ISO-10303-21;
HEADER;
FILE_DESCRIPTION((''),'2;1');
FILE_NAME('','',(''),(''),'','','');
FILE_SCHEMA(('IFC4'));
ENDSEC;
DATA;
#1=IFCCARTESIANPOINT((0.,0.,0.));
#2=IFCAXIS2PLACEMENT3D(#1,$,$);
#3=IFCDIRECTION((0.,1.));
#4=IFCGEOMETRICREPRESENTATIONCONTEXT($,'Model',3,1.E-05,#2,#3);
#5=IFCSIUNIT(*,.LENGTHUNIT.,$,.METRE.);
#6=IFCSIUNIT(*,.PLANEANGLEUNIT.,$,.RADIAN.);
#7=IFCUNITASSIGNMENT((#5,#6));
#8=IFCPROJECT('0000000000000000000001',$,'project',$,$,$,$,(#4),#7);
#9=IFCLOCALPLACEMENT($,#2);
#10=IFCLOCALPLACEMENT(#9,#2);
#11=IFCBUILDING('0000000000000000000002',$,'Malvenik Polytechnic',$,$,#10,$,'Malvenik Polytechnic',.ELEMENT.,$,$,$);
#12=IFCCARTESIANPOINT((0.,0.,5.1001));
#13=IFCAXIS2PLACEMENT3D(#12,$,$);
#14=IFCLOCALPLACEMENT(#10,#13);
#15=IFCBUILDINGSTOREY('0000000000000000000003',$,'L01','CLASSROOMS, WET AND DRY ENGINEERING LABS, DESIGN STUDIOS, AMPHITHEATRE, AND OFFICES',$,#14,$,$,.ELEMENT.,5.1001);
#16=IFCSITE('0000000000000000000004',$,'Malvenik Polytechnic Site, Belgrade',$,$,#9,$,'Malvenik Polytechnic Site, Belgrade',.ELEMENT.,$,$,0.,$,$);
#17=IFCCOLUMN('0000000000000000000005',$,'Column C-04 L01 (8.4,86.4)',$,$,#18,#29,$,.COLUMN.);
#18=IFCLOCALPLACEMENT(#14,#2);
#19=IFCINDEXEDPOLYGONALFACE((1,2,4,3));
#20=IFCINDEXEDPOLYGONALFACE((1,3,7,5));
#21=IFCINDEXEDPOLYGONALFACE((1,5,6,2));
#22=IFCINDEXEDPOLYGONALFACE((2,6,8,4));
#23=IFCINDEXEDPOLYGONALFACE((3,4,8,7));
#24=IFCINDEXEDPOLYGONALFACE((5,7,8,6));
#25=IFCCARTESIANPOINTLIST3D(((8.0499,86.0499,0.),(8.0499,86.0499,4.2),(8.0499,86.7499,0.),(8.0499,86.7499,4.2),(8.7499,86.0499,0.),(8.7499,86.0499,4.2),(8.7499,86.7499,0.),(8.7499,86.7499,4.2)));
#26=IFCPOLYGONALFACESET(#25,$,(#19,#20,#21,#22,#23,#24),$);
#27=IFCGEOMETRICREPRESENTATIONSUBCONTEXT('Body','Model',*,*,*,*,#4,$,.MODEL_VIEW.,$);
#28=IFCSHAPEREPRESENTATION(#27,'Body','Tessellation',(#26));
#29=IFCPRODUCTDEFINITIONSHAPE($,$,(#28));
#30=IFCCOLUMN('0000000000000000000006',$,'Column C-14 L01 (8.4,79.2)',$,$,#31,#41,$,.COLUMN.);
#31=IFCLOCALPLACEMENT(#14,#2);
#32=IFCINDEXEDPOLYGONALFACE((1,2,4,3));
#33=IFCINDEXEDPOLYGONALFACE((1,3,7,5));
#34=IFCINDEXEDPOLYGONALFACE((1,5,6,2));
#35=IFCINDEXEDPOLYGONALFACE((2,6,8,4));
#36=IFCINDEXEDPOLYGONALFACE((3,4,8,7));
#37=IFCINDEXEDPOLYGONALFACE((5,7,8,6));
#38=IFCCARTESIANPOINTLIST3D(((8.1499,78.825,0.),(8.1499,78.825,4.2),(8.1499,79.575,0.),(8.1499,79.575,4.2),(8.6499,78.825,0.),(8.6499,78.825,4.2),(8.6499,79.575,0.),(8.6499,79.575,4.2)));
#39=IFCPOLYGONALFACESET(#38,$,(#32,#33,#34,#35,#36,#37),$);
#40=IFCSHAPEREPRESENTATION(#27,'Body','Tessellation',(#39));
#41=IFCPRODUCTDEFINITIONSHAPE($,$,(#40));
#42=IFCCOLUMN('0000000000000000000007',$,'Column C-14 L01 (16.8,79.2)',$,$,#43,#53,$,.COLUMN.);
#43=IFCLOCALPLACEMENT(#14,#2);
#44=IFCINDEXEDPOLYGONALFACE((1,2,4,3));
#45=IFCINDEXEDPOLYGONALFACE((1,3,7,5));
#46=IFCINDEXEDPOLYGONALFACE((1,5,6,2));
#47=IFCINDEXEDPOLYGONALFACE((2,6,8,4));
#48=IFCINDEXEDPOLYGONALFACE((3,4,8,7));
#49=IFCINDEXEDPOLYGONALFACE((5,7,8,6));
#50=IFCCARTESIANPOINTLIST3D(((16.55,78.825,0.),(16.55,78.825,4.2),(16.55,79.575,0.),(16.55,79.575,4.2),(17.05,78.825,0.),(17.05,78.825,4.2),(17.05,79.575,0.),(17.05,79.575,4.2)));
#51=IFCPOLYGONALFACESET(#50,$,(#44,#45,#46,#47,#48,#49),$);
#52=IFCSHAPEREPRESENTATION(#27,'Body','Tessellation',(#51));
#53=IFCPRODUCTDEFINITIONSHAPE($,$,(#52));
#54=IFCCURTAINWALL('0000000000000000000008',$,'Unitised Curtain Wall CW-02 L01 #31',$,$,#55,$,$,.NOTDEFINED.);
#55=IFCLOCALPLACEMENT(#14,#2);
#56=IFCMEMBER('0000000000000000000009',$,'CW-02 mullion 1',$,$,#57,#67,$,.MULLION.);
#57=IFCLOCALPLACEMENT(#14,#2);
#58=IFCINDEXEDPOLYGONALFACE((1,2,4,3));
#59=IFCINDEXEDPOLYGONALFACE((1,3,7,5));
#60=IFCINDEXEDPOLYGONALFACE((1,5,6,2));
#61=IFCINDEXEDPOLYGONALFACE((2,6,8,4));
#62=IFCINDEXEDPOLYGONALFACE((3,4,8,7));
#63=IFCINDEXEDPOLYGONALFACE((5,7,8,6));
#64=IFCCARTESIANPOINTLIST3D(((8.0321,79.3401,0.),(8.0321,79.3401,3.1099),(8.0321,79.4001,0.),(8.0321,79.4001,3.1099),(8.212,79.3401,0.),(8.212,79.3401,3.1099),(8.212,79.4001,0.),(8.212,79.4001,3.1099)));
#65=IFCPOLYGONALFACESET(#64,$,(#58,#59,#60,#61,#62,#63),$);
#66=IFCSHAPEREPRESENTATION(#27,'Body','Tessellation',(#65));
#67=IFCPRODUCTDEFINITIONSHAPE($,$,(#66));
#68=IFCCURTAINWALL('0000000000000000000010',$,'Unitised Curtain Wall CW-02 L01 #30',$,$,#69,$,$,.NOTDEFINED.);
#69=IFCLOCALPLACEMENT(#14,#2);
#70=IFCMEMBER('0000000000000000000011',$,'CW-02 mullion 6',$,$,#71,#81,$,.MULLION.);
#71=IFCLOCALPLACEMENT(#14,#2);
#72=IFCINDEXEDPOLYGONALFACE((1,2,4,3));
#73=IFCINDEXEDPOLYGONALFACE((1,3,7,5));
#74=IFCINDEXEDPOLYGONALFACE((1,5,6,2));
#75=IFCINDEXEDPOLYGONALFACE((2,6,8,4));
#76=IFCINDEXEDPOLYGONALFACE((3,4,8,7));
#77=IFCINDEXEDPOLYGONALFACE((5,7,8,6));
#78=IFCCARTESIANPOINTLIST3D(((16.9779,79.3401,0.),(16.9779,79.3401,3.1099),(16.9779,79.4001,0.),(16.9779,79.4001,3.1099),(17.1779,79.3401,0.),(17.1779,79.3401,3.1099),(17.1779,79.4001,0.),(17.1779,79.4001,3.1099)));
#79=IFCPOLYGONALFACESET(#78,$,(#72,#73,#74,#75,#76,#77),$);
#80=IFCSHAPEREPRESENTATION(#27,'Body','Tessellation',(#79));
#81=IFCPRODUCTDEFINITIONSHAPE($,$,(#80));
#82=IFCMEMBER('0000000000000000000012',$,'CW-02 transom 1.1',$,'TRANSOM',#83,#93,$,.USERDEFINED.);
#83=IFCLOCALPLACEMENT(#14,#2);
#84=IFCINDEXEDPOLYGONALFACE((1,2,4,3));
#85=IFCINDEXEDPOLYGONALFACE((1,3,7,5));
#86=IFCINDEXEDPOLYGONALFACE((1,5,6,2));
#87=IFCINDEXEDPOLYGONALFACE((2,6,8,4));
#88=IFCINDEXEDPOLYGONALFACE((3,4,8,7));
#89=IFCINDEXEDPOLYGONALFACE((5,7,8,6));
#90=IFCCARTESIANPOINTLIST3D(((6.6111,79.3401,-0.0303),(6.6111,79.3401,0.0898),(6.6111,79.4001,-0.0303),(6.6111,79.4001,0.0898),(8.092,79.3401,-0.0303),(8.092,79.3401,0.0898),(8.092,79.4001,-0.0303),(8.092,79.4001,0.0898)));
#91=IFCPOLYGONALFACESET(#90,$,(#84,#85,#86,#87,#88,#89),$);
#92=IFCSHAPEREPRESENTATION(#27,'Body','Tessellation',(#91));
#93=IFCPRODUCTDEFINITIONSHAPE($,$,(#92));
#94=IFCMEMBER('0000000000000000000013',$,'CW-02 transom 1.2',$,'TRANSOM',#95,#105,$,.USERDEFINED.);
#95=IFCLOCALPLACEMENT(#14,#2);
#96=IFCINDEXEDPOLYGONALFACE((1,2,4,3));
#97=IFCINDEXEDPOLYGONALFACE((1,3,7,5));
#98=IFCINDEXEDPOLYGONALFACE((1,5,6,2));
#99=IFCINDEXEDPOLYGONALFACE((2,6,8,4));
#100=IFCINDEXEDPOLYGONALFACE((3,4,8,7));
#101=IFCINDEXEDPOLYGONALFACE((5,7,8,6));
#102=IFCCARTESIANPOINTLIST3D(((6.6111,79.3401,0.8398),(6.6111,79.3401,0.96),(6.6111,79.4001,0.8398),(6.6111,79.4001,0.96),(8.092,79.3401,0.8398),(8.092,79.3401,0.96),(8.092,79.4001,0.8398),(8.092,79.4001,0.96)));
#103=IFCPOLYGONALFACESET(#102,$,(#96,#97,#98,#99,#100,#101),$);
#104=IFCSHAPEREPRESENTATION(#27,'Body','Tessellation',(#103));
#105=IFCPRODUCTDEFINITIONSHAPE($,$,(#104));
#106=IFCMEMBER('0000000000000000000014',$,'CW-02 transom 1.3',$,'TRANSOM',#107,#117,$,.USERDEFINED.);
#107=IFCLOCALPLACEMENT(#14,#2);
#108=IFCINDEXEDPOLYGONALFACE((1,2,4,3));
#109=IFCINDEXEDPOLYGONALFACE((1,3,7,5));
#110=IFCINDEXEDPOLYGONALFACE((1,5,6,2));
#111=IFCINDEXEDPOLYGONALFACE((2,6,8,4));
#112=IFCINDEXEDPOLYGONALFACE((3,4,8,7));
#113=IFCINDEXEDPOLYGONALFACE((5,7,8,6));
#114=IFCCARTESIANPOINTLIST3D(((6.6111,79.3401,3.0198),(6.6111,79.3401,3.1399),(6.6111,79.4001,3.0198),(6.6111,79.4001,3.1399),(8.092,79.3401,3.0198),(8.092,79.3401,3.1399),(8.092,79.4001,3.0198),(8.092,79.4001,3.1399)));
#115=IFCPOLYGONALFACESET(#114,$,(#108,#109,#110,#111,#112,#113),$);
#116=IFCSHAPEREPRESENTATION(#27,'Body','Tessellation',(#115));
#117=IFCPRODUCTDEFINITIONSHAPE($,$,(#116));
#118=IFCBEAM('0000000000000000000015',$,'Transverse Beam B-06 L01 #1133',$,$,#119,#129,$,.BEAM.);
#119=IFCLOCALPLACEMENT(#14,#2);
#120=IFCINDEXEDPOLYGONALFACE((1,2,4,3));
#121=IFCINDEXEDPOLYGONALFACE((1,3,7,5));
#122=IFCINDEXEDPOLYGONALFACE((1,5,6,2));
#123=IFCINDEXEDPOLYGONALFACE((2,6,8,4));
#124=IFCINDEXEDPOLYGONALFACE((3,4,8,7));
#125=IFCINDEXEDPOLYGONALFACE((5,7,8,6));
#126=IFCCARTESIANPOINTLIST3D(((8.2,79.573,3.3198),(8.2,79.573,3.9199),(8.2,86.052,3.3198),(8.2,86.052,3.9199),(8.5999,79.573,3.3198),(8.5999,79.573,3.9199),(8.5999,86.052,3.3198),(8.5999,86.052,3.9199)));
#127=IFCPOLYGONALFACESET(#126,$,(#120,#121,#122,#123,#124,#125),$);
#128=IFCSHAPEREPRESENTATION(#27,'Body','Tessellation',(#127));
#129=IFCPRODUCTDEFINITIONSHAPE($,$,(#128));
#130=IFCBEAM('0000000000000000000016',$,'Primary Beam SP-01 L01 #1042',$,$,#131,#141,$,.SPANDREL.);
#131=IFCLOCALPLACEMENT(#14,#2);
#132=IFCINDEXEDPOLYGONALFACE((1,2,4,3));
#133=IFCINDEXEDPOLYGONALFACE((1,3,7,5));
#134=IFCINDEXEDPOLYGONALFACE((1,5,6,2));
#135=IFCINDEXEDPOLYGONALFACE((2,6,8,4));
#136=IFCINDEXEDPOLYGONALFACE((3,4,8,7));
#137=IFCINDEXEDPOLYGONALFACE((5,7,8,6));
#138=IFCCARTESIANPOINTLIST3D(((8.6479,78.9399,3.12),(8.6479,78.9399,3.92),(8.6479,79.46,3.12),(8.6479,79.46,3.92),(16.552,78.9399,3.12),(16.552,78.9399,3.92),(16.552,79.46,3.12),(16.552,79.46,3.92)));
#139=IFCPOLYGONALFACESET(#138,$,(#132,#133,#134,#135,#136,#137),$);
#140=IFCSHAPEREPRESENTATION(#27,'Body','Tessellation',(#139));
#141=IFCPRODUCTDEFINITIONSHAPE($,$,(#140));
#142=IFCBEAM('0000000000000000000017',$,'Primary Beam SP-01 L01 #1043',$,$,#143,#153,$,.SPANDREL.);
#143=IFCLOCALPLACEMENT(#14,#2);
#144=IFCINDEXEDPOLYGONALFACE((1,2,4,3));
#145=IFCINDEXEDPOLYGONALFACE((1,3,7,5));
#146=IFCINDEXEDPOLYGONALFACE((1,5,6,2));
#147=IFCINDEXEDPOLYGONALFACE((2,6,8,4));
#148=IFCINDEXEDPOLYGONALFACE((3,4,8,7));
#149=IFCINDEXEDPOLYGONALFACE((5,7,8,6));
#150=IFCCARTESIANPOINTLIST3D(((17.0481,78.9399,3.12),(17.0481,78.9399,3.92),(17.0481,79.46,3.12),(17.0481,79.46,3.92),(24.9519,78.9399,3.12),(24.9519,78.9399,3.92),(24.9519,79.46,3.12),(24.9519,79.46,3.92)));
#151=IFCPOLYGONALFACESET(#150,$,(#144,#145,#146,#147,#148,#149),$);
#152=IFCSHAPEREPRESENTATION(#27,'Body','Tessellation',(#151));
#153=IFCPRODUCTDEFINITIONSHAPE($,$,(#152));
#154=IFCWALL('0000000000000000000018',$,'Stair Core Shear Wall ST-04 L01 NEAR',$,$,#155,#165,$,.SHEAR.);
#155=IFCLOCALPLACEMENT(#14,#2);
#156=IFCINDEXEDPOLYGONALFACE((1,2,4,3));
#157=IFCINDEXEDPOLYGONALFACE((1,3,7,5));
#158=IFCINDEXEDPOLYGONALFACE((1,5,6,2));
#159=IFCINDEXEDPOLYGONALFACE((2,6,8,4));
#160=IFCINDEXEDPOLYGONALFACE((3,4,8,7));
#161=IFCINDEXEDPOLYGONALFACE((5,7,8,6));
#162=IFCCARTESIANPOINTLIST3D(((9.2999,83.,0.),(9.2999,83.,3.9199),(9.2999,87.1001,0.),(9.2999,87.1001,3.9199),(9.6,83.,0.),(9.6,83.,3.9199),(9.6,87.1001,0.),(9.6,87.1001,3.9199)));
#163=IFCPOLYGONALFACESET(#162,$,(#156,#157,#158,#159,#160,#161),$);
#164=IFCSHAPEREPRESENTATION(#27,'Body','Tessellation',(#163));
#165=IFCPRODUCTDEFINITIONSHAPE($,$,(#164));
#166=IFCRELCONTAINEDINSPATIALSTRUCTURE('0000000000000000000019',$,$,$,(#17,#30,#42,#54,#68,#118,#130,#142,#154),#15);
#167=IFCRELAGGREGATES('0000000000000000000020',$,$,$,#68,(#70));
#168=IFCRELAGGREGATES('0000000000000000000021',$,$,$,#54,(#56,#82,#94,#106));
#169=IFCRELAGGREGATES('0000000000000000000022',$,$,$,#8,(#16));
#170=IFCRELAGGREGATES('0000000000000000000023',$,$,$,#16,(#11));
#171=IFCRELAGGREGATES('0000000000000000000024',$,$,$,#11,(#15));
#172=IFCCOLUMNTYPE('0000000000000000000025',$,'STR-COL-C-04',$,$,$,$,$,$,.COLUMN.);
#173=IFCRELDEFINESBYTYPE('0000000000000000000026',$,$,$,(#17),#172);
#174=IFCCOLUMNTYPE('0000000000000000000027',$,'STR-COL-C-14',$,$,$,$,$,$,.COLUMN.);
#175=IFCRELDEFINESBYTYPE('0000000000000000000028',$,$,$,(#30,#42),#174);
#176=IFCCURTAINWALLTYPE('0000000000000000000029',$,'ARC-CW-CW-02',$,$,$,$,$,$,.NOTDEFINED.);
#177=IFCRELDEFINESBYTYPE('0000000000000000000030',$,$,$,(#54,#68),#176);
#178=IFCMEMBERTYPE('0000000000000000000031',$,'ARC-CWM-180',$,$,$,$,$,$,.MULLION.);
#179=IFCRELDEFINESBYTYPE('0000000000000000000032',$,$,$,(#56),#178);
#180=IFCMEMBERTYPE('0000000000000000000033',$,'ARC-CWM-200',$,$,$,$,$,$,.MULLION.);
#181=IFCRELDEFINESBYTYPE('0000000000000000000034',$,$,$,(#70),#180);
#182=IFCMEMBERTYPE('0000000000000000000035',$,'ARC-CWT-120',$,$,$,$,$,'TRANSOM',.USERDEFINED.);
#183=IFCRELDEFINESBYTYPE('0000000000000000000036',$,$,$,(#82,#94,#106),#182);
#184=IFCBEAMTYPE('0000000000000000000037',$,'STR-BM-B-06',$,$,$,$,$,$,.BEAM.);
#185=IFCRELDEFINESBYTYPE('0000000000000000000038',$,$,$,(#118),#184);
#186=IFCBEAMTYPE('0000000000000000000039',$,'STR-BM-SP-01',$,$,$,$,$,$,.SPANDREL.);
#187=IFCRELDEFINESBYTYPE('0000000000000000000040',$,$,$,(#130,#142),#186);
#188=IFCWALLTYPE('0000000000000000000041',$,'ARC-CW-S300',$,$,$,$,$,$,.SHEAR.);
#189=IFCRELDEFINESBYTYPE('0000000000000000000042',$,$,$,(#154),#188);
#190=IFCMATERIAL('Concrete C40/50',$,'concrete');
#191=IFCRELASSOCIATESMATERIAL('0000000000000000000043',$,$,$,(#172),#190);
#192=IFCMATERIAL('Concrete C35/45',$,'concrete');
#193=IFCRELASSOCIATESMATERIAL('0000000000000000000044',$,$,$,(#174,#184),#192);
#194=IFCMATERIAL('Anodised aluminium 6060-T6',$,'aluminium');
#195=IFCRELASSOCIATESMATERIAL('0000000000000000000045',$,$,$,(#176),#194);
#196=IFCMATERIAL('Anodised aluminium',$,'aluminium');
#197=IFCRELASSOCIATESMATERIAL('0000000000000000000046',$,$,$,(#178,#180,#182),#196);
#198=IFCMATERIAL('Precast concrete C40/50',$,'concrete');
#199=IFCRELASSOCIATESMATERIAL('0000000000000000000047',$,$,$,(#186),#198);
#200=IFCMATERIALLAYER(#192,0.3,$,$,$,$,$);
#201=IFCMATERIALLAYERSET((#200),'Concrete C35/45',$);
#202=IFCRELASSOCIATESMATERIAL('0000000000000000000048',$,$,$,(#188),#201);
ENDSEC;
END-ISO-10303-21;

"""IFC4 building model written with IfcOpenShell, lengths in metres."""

from ifc_helpers import new_model, si_unit, direction, frame, frame_2d, origin, origin_2d, place, context, subcontext, project, spatial, rectangle, extrude, material, layer, layer_set, material_profile, profile_set, type_object, element, aggregate, save


model = new_model("IFC4")

# Units and contexts
model_context = context("Model", 3, precision=1e-05, world=origin(), true_north=direction((0.0, 1.0)))
body_context = subcontext(model_context, "Body", "Model", "MODEL_VIEW")
ifc_project = project(units=[si_unit("LENGTHUNIT", "METRE"), si_unit("PLANEANGLEUNIT", "RADIAN")], contexts=[model_context])

# Site, building, storey
site_placement = place(None, origin())
site = spatial("IfcSite", under=ifc_project, at=site_placement, Name="Malvenik Polytechnic Site, Belgrade", LongName="Malvenik Polytechnic Site, Belgrade", CompositionType="ELEMENT", RefElevation=0.0)
building_placement = place(site_placement, origin())
building = spatial("IfcBuilding", under=site, at=building_placement, Name="Malvenik Polytechnic", LongName="Malvenik Polytechnic", CompositionType="ELEMENT")
storey_placement = place(building_placement, frame((0.0, 0.0, 5.1001)))
storey = spatial("IfcBuildingStorey", under=building, at=storey_placement, Name="L01", Description="CLASSROOMS, WET AND DRY ENGINEERING LABS, DESIGN STUDIOS, AMPHITHEATRE, AND OFFICES", CompositionType="ELEMENT", Elevation=5.1001)

# Columns
ifc_material_1 = material(Name="Concrete C40/50", Category="concrete")
ifc_material_profile_1 = material_profile(ifc_material_1, rectangle(XDim=0.7, YDim=0.7, at=origin_2d()), Name="RC COL 700x700")
ifc_profile_set_1 = profile_set([ifc_material_profile_1], Name="Concrete C40/50")
column_type_1 = type_object("IfcColumnType", Name="STR-COL-C-04", PredefinedType="COLUMN", material=ifc_profile_set_1)
column_placement = place(storey_placement, frame((8.3999, 86.3999, 0.0), z_axis=(0.0, 0.0, 1.0), x_axis=(1.0, 0.0, 0.0)))
element("IfcColumn", 1, at=column_placement, inside=storey, type_object=column_type_1, Name="Column C-04 L01 (8.4,86.4)", PredefinedType="COLUMN", context=body_context, shape_type="SweptSolid", body=[
    extrude(rectangle(XDim=0.7, YDim=0.7, at=origin_2d()), origin(), (0.0, 0.0, 1.0), 4.2),
])
ifc_material_2 = material(Name="Concrete C35/45", Category="concrete")
ifc_material_profile_2 = material_profile(ifc_material_2, rectangle(XDim=0.5, YDim=0.75, at=origin_2d()), Name="RC COL 750x500")
ifc_profile_set_2 = profile_set([ifc_material_profile_2], Name="Concrete C35/45")
column_type_2 = type_object("IfcColumnType", Name="STR-COL-C-14", PredefinedType="COLUMN", material=ifc_profile_set_2)
for number, where, z_axis, x_axis, name in (
    (2, (8.3999, 79.2, 0.0), (0.0, 0.0, 1.0), (1.0, 0.0, 0.0), "Column C-14 L01 (8.4,79.2)"),
    (3, (16.8, 79.2, 0.0), (0.0, 0.0, 1.0), (1.0, 0.0, 0.0), "Column C-14 L01 (16.8,79.2)"),
):
    element("IfcColumn", number, at=place(storey_placement, frame(where, z_axis=z_axis, x_axis=x_axis)), inside=storey, type_object=column_type_2, Name=name, PredefinedType="COLUMN", context=body_context, shape_type="SweptSolid", body=[
        extrude(rectangle(XDim=0.5, YDim=0.75, at=origin_2d()), origin(), (0.0, 0.0, 1.0), 4.2),
    ])

# Curtain walls, members
ifc_material_3 = material(Name="Anodised aluminium 6060-T6", Category="aluminium")
curtain_wall_type = type_object("IfcCurtainWallType", Name="ARC-CW-CW-02", PredefinedType="NOTDEFINED", material=ifc_material_3)
curtain_wall_1_placement = place(storey_placement, origin())
curtain_wall_1 = element("IfcCurtainWall", 4, at=curtain_wall_1_placement, inside=storey, type_object=curtain_wall_type, Name="Unitised Curtain Wall CW-02 L01 #31", PredefinedType="NOTDEFINED")
ifc_material_4 = material(Name="Anodised aluminium", Category="aluminium")
ifc_material_profile_3 = material_profile(ifc_material_4, rectangle(XDim=0.0601, YDim=0.1799, at=origin_2d()), Name="ALU MULLION 60x180")
ifc_profile_set_3 = profile_set([ifc_material_profile_3], Name="Anodised aluminium")
member_type_1 = type_object("IfcMemberType", Name="ARC-CWM-180", PredefinedType="MULLION", material=ifc_profile_set_3)
member_1_placement = place(storey_placement, frame((8.1221, 79.3701, 0.0), z_axis=(0.0, 0.0, 1.0), x_axis=(0.0, -1.0, 0.0)))
member_1 = element("IfcMember", 5, at=member_1_placement, type_object=member_type_1, Name="CW-02 mullion 1", PredefinedType="MULLION", context=body_context, shape_type="SweptSolid", body=[
    extrude(rectangle(XDim=0.0601, YDim=0.1799, at=origin_2d()), origin(), (0.0, 0.0, 1.0), 3.1099),
])
curtain_wall_2_placement = place(storey_placement, origin())
curtain_wall_2 = element("IfcCurtainWall", 6, at=curtain_wall_2_placement, inside=storey, type_object=curtain_wall_type, Name="Unitised Curtain Wall CW-02 L01 #30", PredefinedType="NOTDEFINED")
ifc_material_profile_4 = material_profile(ifc_material_4, rectangle(XDim=0.0601, YDim=0.2, at=origin_2d()), Name="ALU MULLION 60x200")
ifc_profile_set_4 = profile_set([ifc_material_profile_4], Name="Anodised aluminium")
member_type_2 = type_object("IfcMemberType", Name="ARC-CWM-200", PredefinedType="MULLION", material=ifc_profile_set_4)
member_2_placement = place(storey_placement, frame((17.0779, 79.3701, 0.0), z_axis=(0.0, 0.0, 1.0), x_axis=(0.0, -1.0, 0.0)))
member_2 = element("IfcMember", 7, at=member_2_placement, type_object=member_type_2, Name="CW-02 mullion 6", PredefinedType="MULLION", context=body_context, shape_type="SweptSolid", body=[
    extrude(rectangle(XDim=0.0601, YDim=0.2, at=origin_2d()), origin(), (0.0, 0.0, 1.0), 3.1099),
])
aggregate(curtain_wall_2, [member_2])

# Members
ifc_material_profile_5 = material_profile(ifc_material_4, rectangle(XDim=0.0601, YDim=0.1201, at=origin_2d()), Name="ALU TRANSOM 60x120")
ifc_profile_set_5 = profile_set([ifc_material_profile_5], Name="Anodised aluminium")
member_type_3 = type_object("IfcMemberType", Name="ARC-CWT-120", ElementType="TRANSOM", PredefinedType="USERDEFINED", material=ifc_profile_set_5)
member_3_placement = place(storey_placement, frame((8.092, 79.3701, 0.0298), z_axis=(-1.0, 0.0, 0.0), x_axis=(0.0, -1.0, 0.0)))
member_3 = element("IfcMember", 8, at=member_3_placement, type_object=member_type_3, Name="CW-02 transom 1.1", ObjectType="TRANSOM", PredefinedType="USERDEFINED", context=body_context, shape_type="SweptSolid", body=[
    extrude(rectangle(XDim=0.0601, YDim=0.1201, at=origin_2d()), origin(), (0.0, 0.0, 1.0), 1.481),
])
member_4_placement = place(storey_placement, frame((8.092, 79.3701, 0.8999), z_axis=(-1.0, 0.0, 0.0), x_axis=(0.0, -1.0, 0.0)))
member_4 = element("IfcMember", 9, at=member_4_placement, type_object=member_type_3, Name="CW-02 transom 1.2", ObjectType="TRANSOM", PredefinedType="USERDEFINED", context=body_context, shape_type="SweptSolid", body=[
    extrude(rectangle(XDim=0.0601, YDim=0.1201, at=origin_2d()), origin(), (0.0, 0.0, 1.0), 1.481),
])
member_5_placement = place(storey_placement, frame((8.092, 79.3701, 3.0798), z_axis=(-1.0, 0.0, 0.0), x_axis=(0.0, -1.0, 0.0)))
member_5 = element("IfcMember", 10, at=member_5_placement, type_object=member_type_3, Name="CW-02 transom 1.3", ObjectType="TRANSOM", PredefinedType="USERDEFINED", context=body_context, shape_type="SweptSolid", body=[
    extrude(rectangle(XDim=0.0601, YDim=0.1201, at=origin_2d()), origin(), (0.0, 0.0, 1.0), 1.481),
])
aggregate(curtain_wall_1, [member_1, member_3, member_4, member_5])

# Beams
ifc_material_profile_6 = material_profile(ifc_material_2, rectangle(XDim=0.3999, YDim=0.6001, at=origin_2d()), Name="RC BM 400x600")
ifc_profile_set_6 = profile_set([ifc_material_profile_6], Name="Concrete C35/45")
beam_type_1 = type_object("IfcBeamType", Name="STR-BM-B-06", PredefinedType="BEAM", material=ifc_profile_set_6)
beam_1_placement = place(storey_placement, frame((8.3999, 79.573, 3.6199), z_axis=(0.0, 1.0, 0.0), x_axis=(-1.0, 0.0, 0.0)))
element("IfcBeam", 11, at=beam_1_placement, inside=storey, type_object=beam_type_1, Name="Transverse Beam B-06 L01 #1133", PredefinedType="BEAM", context=body_context, shape_type="SweptSolid", body=[
    extrude(rectangle(XDim=0.3999, YDim=0.6001, at=origin_2d()), origin(), (0.0, 0.0, 1.0), 6.479),
])
ifc_material_5 = material(Name="Precast concrete C40/50", Category="concrete")
ifc_material_profile_7 = material_profile(ifc_material_5, rectangle(XDim=0.52, YDim=0.8, at=origin_2d()), Name="PC SPN 520x800")
ifc_profile_set_7 = profile_set([ifc_material_profile_7], Name="Precast concrete C40/50")
beam_type_2 = type_object("IfcBeamType", Name="STR-BM-SP-01", PredefinedType="SPANDREL", material=ifc_profile_set_7)
beam_2_placement = place(storey_placement, frame((8.6479, 79.2, 3.52), z_axis=(1.0, 0.0, 0.0), x_axis=(0.0, 1.0, 0.0)))
element("IfcBeam", 12, at=beam_2_placement, inside=storey, type_object=beam_type_2, Name="Primary Beam SP-01 L01 #1042", PredefinedType="SPANDREL", context=body_context, shape_type="SweptSolid", body=[
    extrude(rectangle(XDim=0.52, YDim=0.8, at=origin_2d()), origin(), (0.0, 0.0, 1.0), 7.9041),
])
beam_3_placement = place(storey_placement, frame((17.0481, 79.2, 3.52), z_axis=(1.0, 0.0, 0.0), x_axis=(0.0, 1.0, 0.0)))
element("IfcBeam", 13, at=beam_3_placement, inside=storey, type_object=beam_type_2, Name="Primary Beam SP-01 L01 #1043", PredefinedType="SPANDREL", context=body_context, shape_type="SweptSolid", body=[
    extrude(rectangle(XDim=0.52, YDim=0.8, at=origin_2d()), origin(), (0.0, 0.0, 1.0), 7.9038),
])

# Wall
ifc_layer_1 = layer(ifc_material_2, 0.3)
ifc_layer_set_1 = layer_set([ifc_layer_1], Name="Concrete C35/45")
wall_type_1 = type_object("IfcWallType", Name="ARC-CW-S300", PredefinedType="SHEAR", material=ifc_layer_set_1)
wall_1_placement = place(storey_placement, frame((9.45, 83.0, 0.0), z_axis=(0.0, 0.0, 1.0), x_axis=(0.0, 1.0, 0.0)))
element("IfcWall", 14, at=wall_1_placement, inside=storey, type_object=wall_type_1, Name="Stair Core Shear Wall ST-04 L01 NEAR", PredefinedType="SHEAR", context=body_context, shape_type="SweptSolid", body=[
    extrude(rectangle(XDim=4.1001, YDim=0.3, at=frame_2d((2.05, 0.0))), origin(), (0.0, 0.0, 1.0), 3.9199),
])

save(model, "model.ifc")
